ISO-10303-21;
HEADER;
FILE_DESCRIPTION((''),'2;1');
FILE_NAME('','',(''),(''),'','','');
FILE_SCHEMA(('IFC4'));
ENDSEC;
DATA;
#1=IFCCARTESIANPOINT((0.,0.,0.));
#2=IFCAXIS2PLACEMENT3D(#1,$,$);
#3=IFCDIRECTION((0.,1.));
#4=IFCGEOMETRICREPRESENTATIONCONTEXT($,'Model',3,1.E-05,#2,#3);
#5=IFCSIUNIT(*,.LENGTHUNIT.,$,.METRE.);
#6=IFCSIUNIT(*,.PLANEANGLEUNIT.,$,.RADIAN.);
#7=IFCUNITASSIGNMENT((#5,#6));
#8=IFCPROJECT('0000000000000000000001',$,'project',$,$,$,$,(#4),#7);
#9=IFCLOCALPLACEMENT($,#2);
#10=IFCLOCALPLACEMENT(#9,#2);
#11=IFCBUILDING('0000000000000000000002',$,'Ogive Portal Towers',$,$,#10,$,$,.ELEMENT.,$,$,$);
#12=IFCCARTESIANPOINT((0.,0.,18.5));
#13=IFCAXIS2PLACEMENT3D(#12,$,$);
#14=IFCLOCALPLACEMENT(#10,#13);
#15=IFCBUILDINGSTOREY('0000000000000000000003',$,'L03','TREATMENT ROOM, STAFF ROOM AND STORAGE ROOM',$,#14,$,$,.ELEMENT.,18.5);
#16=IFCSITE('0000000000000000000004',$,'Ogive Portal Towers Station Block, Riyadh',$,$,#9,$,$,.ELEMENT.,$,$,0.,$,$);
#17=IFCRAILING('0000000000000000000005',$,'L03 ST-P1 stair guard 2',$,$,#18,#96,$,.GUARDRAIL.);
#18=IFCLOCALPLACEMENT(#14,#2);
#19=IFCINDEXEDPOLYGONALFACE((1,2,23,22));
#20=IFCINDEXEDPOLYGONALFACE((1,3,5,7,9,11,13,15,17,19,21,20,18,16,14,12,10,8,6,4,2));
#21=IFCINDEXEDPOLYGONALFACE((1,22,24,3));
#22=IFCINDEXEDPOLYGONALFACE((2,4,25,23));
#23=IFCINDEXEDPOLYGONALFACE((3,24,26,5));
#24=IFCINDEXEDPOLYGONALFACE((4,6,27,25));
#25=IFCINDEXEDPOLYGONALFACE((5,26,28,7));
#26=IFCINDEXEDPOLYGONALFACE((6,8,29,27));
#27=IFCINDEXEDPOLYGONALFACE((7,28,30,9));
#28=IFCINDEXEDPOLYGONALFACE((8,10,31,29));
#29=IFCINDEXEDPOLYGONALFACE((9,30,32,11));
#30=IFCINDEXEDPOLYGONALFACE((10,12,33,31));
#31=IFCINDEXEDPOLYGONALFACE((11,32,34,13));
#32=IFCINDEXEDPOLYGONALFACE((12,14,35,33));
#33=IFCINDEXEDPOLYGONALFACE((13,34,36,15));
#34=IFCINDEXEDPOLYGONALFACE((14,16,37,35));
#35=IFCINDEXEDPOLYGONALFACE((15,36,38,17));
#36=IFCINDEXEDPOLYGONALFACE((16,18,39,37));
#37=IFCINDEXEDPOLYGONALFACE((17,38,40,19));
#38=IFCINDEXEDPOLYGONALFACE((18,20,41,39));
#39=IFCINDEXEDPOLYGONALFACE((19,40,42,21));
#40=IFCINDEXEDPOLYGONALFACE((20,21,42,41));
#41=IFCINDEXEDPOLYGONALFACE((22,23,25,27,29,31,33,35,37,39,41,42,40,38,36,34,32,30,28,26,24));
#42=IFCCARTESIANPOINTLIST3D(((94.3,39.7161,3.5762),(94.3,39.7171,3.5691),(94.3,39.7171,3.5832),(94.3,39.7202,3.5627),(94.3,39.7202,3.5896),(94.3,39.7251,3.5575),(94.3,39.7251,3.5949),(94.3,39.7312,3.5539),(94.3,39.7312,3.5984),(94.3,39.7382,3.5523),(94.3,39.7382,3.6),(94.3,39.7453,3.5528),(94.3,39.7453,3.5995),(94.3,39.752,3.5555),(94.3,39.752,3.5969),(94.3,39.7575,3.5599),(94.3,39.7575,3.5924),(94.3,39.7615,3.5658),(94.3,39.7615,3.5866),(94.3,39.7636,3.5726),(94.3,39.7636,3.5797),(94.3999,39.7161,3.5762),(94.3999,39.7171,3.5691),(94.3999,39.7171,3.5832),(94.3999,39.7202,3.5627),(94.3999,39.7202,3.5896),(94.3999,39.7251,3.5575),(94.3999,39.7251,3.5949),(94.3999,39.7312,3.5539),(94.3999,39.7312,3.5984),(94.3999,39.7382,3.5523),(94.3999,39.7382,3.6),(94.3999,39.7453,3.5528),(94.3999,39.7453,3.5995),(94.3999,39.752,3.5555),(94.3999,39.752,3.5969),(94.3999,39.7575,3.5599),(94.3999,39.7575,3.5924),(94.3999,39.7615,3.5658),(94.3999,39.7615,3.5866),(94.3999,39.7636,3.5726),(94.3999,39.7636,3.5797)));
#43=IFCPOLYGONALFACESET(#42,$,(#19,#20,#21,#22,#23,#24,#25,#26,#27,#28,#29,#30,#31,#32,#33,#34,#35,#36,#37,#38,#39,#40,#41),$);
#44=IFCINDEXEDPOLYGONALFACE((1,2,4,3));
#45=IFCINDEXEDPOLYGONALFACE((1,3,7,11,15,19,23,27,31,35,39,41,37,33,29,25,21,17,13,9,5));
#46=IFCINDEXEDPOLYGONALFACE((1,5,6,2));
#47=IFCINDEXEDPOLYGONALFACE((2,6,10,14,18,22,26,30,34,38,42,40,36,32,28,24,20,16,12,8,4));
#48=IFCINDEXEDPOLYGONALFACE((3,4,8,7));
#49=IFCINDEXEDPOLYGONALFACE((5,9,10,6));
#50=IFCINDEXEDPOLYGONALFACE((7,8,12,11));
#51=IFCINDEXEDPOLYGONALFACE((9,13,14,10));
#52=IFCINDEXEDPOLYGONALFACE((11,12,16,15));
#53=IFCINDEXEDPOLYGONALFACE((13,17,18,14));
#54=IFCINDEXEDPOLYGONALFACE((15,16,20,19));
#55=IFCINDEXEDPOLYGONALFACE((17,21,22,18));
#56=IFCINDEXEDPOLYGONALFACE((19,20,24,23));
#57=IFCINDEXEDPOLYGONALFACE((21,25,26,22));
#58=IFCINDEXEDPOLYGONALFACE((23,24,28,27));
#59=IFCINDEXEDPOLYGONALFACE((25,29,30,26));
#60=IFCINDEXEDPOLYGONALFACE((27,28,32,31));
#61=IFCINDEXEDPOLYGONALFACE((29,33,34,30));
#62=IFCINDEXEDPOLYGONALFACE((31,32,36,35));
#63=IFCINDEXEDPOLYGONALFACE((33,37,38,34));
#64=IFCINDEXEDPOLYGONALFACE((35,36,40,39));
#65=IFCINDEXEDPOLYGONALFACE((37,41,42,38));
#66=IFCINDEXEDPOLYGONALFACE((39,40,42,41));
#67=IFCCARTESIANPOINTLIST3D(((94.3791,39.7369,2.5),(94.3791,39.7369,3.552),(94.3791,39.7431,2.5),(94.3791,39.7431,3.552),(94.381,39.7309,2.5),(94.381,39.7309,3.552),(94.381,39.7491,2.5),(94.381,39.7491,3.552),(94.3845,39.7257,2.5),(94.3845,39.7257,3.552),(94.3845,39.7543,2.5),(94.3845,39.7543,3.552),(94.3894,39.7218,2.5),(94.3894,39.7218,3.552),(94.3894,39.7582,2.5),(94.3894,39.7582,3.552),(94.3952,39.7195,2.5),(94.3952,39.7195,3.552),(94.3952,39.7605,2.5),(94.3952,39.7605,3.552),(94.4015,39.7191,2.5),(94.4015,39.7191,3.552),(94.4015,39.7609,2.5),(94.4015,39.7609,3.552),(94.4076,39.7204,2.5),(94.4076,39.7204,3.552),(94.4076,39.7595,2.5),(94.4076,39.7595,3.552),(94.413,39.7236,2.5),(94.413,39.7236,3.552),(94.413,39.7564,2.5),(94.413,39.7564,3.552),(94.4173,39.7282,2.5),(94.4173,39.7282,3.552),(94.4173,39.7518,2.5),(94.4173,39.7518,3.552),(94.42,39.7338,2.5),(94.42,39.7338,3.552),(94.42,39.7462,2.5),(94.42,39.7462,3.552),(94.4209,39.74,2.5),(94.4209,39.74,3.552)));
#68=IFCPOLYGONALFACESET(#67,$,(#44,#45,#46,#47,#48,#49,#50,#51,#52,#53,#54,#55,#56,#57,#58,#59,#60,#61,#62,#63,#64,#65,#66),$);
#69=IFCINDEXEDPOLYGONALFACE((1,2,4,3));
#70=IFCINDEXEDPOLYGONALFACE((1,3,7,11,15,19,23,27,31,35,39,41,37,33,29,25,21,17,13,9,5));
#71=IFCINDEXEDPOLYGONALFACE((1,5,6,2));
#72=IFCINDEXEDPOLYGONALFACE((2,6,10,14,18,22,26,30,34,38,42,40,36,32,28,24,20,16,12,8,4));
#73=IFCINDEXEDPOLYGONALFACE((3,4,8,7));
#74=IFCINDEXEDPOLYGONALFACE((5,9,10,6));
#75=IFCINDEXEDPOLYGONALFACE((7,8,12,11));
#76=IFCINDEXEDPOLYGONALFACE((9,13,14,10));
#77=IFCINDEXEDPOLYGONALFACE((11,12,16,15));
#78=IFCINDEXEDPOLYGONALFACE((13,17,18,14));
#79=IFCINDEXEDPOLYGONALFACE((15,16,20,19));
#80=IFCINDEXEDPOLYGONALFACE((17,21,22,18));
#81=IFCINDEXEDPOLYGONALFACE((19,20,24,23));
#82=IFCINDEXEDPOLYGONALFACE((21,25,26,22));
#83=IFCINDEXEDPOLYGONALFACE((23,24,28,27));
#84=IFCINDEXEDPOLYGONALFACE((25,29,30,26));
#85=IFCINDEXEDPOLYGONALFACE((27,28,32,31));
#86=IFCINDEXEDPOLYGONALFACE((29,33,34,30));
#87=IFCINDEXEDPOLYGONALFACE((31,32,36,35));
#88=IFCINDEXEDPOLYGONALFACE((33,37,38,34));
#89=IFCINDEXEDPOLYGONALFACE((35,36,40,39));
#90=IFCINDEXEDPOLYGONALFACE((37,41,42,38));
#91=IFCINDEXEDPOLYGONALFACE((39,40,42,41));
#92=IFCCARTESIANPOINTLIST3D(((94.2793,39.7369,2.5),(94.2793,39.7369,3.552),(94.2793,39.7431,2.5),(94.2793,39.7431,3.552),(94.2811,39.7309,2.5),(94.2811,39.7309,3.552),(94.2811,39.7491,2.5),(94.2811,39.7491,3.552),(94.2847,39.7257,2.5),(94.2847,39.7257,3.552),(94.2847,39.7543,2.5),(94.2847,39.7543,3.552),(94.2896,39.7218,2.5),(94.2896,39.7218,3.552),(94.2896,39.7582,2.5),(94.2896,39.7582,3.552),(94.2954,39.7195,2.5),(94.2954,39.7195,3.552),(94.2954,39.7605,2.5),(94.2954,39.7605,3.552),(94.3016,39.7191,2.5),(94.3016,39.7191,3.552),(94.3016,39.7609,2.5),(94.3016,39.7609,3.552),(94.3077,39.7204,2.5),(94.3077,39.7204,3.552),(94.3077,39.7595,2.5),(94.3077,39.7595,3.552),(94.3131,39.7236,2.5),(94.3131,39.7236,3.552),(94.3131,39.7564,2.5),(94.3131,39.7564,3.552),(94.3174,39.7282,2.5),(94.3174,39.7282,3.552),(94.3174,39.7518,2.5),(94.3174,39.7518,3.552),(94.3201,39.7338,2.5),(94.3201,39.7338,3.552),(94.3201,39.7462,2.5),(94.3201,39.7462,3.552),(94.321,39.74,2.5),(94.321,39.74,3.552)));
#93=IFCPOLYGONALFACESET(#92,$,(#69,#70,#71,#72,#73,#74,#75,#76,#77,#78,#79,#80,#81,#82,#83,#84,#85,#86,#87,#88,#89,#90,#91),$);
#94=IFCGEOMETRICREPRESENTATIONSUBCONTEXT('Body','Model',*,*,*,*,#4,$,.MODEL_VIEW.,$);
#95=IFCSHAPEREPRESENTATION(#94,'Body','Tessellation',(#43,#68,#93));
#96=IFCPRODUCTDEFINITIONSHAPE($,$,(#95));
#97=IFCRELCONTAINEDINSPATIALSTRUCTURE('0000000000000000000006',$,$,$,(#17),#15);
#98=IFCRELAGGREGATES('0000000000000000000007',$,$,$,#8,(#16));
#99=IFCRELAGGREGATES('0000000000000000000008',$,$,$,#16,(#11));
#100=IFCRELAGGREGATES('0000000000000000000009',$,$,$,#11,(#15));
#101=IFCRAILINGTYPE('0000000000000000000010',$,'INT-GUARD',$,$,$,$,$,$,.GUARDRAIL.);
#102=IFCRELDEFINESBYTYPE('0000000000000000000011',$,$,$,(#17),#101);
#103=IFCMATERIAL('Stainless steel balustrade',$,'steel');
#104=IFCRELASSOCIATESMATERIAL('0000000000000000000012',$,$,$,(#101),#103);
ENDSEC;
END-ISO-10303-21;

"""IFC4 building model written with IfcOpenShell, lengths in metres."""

from ifc_helpers import new_model, si_unit, direction, frame, origin, origin_2d, place, context, subcontext, project, spatial, circle, extrude, material, type_object, element, save


model = new_model("IFC4")

# Units and contexts
model_context = context("Model", 3, precision=1e-05, world=origin(), true_north=direction((0.0, 1.0)))
body_context = subcontext(model_context, "Body", "Model", "MODEL_VIEW")
ifc_project = project(units=[si_unit("LENGTHUNIT", "METRE"), si_unit("PLANEANGLEUNIT", "RADIAN")], contexts=[model_context])

# Site, building, storey
site_placement = place(None, origin())
site = spatial("IfcSite", under=ifc_project, at=site_placement, Name="Ogive Portal Towers Station Block, Riyadh", CompositionType="ELEMENT", RefElevation=0.0)
building_placement = place(site_placement, origin())
building = spatial("IfcBuilding", under=site, at=building_placement, Name="Ogive Portal Towers", CompositionType="ELEMENT")
storey_placement = place(building_placement, frame((0.0, 0.0, 18.5)))
storey = spatial("IfcBuildingStorey", under=building, at=storey_placement, Name="L03", Description="TREATMENT ROOM, STAFF ROOM AND STORAGE ROOM", CompositionType="ELEMENT", Elevation=18.5)

# Railing
ifc_material_1 = material(Name="Stainless steel balustrade", Category="steel")
railing_type_1 = type_object("IfcRailingType", Name="INT-GUARD", PredefinedType="GUARDRAIL", material=ifc_material_1)
railing_1_placement = place(storey_placement, frame((94.3999, 39.74, 2.5)))
element("IfcRailing", 1, at=railing_1_placement, inside=storey, type_object=railing_type_1, Name="L03 ST-P1 stair guard 2", PredefinedType="GUARDRAIL", context=body_context, shape_type="SweptSolid", body=[
    extrude(circle(Radius=0.0239, at=origin_2d()), frame((0.0, 0.0, 1.0762), z_axis=(-1.0, 0.0, 0.0), x_axis=(0.0, -1.0, 0.0)), (0.0, 0.0, 1.0), 0.0999),
    extrude(circle(Radius=0.021, at=origin_2d()), origin(), (0.0, 0.0, 1.0), 1.052),
    extrude(circle(Radius=0.021, at=origin_2d()), frame((-0.0999, 0.0, 0.0)), (0.0, 0.0, 1.0), 1.052),
])

save(model, "model.ifc")
